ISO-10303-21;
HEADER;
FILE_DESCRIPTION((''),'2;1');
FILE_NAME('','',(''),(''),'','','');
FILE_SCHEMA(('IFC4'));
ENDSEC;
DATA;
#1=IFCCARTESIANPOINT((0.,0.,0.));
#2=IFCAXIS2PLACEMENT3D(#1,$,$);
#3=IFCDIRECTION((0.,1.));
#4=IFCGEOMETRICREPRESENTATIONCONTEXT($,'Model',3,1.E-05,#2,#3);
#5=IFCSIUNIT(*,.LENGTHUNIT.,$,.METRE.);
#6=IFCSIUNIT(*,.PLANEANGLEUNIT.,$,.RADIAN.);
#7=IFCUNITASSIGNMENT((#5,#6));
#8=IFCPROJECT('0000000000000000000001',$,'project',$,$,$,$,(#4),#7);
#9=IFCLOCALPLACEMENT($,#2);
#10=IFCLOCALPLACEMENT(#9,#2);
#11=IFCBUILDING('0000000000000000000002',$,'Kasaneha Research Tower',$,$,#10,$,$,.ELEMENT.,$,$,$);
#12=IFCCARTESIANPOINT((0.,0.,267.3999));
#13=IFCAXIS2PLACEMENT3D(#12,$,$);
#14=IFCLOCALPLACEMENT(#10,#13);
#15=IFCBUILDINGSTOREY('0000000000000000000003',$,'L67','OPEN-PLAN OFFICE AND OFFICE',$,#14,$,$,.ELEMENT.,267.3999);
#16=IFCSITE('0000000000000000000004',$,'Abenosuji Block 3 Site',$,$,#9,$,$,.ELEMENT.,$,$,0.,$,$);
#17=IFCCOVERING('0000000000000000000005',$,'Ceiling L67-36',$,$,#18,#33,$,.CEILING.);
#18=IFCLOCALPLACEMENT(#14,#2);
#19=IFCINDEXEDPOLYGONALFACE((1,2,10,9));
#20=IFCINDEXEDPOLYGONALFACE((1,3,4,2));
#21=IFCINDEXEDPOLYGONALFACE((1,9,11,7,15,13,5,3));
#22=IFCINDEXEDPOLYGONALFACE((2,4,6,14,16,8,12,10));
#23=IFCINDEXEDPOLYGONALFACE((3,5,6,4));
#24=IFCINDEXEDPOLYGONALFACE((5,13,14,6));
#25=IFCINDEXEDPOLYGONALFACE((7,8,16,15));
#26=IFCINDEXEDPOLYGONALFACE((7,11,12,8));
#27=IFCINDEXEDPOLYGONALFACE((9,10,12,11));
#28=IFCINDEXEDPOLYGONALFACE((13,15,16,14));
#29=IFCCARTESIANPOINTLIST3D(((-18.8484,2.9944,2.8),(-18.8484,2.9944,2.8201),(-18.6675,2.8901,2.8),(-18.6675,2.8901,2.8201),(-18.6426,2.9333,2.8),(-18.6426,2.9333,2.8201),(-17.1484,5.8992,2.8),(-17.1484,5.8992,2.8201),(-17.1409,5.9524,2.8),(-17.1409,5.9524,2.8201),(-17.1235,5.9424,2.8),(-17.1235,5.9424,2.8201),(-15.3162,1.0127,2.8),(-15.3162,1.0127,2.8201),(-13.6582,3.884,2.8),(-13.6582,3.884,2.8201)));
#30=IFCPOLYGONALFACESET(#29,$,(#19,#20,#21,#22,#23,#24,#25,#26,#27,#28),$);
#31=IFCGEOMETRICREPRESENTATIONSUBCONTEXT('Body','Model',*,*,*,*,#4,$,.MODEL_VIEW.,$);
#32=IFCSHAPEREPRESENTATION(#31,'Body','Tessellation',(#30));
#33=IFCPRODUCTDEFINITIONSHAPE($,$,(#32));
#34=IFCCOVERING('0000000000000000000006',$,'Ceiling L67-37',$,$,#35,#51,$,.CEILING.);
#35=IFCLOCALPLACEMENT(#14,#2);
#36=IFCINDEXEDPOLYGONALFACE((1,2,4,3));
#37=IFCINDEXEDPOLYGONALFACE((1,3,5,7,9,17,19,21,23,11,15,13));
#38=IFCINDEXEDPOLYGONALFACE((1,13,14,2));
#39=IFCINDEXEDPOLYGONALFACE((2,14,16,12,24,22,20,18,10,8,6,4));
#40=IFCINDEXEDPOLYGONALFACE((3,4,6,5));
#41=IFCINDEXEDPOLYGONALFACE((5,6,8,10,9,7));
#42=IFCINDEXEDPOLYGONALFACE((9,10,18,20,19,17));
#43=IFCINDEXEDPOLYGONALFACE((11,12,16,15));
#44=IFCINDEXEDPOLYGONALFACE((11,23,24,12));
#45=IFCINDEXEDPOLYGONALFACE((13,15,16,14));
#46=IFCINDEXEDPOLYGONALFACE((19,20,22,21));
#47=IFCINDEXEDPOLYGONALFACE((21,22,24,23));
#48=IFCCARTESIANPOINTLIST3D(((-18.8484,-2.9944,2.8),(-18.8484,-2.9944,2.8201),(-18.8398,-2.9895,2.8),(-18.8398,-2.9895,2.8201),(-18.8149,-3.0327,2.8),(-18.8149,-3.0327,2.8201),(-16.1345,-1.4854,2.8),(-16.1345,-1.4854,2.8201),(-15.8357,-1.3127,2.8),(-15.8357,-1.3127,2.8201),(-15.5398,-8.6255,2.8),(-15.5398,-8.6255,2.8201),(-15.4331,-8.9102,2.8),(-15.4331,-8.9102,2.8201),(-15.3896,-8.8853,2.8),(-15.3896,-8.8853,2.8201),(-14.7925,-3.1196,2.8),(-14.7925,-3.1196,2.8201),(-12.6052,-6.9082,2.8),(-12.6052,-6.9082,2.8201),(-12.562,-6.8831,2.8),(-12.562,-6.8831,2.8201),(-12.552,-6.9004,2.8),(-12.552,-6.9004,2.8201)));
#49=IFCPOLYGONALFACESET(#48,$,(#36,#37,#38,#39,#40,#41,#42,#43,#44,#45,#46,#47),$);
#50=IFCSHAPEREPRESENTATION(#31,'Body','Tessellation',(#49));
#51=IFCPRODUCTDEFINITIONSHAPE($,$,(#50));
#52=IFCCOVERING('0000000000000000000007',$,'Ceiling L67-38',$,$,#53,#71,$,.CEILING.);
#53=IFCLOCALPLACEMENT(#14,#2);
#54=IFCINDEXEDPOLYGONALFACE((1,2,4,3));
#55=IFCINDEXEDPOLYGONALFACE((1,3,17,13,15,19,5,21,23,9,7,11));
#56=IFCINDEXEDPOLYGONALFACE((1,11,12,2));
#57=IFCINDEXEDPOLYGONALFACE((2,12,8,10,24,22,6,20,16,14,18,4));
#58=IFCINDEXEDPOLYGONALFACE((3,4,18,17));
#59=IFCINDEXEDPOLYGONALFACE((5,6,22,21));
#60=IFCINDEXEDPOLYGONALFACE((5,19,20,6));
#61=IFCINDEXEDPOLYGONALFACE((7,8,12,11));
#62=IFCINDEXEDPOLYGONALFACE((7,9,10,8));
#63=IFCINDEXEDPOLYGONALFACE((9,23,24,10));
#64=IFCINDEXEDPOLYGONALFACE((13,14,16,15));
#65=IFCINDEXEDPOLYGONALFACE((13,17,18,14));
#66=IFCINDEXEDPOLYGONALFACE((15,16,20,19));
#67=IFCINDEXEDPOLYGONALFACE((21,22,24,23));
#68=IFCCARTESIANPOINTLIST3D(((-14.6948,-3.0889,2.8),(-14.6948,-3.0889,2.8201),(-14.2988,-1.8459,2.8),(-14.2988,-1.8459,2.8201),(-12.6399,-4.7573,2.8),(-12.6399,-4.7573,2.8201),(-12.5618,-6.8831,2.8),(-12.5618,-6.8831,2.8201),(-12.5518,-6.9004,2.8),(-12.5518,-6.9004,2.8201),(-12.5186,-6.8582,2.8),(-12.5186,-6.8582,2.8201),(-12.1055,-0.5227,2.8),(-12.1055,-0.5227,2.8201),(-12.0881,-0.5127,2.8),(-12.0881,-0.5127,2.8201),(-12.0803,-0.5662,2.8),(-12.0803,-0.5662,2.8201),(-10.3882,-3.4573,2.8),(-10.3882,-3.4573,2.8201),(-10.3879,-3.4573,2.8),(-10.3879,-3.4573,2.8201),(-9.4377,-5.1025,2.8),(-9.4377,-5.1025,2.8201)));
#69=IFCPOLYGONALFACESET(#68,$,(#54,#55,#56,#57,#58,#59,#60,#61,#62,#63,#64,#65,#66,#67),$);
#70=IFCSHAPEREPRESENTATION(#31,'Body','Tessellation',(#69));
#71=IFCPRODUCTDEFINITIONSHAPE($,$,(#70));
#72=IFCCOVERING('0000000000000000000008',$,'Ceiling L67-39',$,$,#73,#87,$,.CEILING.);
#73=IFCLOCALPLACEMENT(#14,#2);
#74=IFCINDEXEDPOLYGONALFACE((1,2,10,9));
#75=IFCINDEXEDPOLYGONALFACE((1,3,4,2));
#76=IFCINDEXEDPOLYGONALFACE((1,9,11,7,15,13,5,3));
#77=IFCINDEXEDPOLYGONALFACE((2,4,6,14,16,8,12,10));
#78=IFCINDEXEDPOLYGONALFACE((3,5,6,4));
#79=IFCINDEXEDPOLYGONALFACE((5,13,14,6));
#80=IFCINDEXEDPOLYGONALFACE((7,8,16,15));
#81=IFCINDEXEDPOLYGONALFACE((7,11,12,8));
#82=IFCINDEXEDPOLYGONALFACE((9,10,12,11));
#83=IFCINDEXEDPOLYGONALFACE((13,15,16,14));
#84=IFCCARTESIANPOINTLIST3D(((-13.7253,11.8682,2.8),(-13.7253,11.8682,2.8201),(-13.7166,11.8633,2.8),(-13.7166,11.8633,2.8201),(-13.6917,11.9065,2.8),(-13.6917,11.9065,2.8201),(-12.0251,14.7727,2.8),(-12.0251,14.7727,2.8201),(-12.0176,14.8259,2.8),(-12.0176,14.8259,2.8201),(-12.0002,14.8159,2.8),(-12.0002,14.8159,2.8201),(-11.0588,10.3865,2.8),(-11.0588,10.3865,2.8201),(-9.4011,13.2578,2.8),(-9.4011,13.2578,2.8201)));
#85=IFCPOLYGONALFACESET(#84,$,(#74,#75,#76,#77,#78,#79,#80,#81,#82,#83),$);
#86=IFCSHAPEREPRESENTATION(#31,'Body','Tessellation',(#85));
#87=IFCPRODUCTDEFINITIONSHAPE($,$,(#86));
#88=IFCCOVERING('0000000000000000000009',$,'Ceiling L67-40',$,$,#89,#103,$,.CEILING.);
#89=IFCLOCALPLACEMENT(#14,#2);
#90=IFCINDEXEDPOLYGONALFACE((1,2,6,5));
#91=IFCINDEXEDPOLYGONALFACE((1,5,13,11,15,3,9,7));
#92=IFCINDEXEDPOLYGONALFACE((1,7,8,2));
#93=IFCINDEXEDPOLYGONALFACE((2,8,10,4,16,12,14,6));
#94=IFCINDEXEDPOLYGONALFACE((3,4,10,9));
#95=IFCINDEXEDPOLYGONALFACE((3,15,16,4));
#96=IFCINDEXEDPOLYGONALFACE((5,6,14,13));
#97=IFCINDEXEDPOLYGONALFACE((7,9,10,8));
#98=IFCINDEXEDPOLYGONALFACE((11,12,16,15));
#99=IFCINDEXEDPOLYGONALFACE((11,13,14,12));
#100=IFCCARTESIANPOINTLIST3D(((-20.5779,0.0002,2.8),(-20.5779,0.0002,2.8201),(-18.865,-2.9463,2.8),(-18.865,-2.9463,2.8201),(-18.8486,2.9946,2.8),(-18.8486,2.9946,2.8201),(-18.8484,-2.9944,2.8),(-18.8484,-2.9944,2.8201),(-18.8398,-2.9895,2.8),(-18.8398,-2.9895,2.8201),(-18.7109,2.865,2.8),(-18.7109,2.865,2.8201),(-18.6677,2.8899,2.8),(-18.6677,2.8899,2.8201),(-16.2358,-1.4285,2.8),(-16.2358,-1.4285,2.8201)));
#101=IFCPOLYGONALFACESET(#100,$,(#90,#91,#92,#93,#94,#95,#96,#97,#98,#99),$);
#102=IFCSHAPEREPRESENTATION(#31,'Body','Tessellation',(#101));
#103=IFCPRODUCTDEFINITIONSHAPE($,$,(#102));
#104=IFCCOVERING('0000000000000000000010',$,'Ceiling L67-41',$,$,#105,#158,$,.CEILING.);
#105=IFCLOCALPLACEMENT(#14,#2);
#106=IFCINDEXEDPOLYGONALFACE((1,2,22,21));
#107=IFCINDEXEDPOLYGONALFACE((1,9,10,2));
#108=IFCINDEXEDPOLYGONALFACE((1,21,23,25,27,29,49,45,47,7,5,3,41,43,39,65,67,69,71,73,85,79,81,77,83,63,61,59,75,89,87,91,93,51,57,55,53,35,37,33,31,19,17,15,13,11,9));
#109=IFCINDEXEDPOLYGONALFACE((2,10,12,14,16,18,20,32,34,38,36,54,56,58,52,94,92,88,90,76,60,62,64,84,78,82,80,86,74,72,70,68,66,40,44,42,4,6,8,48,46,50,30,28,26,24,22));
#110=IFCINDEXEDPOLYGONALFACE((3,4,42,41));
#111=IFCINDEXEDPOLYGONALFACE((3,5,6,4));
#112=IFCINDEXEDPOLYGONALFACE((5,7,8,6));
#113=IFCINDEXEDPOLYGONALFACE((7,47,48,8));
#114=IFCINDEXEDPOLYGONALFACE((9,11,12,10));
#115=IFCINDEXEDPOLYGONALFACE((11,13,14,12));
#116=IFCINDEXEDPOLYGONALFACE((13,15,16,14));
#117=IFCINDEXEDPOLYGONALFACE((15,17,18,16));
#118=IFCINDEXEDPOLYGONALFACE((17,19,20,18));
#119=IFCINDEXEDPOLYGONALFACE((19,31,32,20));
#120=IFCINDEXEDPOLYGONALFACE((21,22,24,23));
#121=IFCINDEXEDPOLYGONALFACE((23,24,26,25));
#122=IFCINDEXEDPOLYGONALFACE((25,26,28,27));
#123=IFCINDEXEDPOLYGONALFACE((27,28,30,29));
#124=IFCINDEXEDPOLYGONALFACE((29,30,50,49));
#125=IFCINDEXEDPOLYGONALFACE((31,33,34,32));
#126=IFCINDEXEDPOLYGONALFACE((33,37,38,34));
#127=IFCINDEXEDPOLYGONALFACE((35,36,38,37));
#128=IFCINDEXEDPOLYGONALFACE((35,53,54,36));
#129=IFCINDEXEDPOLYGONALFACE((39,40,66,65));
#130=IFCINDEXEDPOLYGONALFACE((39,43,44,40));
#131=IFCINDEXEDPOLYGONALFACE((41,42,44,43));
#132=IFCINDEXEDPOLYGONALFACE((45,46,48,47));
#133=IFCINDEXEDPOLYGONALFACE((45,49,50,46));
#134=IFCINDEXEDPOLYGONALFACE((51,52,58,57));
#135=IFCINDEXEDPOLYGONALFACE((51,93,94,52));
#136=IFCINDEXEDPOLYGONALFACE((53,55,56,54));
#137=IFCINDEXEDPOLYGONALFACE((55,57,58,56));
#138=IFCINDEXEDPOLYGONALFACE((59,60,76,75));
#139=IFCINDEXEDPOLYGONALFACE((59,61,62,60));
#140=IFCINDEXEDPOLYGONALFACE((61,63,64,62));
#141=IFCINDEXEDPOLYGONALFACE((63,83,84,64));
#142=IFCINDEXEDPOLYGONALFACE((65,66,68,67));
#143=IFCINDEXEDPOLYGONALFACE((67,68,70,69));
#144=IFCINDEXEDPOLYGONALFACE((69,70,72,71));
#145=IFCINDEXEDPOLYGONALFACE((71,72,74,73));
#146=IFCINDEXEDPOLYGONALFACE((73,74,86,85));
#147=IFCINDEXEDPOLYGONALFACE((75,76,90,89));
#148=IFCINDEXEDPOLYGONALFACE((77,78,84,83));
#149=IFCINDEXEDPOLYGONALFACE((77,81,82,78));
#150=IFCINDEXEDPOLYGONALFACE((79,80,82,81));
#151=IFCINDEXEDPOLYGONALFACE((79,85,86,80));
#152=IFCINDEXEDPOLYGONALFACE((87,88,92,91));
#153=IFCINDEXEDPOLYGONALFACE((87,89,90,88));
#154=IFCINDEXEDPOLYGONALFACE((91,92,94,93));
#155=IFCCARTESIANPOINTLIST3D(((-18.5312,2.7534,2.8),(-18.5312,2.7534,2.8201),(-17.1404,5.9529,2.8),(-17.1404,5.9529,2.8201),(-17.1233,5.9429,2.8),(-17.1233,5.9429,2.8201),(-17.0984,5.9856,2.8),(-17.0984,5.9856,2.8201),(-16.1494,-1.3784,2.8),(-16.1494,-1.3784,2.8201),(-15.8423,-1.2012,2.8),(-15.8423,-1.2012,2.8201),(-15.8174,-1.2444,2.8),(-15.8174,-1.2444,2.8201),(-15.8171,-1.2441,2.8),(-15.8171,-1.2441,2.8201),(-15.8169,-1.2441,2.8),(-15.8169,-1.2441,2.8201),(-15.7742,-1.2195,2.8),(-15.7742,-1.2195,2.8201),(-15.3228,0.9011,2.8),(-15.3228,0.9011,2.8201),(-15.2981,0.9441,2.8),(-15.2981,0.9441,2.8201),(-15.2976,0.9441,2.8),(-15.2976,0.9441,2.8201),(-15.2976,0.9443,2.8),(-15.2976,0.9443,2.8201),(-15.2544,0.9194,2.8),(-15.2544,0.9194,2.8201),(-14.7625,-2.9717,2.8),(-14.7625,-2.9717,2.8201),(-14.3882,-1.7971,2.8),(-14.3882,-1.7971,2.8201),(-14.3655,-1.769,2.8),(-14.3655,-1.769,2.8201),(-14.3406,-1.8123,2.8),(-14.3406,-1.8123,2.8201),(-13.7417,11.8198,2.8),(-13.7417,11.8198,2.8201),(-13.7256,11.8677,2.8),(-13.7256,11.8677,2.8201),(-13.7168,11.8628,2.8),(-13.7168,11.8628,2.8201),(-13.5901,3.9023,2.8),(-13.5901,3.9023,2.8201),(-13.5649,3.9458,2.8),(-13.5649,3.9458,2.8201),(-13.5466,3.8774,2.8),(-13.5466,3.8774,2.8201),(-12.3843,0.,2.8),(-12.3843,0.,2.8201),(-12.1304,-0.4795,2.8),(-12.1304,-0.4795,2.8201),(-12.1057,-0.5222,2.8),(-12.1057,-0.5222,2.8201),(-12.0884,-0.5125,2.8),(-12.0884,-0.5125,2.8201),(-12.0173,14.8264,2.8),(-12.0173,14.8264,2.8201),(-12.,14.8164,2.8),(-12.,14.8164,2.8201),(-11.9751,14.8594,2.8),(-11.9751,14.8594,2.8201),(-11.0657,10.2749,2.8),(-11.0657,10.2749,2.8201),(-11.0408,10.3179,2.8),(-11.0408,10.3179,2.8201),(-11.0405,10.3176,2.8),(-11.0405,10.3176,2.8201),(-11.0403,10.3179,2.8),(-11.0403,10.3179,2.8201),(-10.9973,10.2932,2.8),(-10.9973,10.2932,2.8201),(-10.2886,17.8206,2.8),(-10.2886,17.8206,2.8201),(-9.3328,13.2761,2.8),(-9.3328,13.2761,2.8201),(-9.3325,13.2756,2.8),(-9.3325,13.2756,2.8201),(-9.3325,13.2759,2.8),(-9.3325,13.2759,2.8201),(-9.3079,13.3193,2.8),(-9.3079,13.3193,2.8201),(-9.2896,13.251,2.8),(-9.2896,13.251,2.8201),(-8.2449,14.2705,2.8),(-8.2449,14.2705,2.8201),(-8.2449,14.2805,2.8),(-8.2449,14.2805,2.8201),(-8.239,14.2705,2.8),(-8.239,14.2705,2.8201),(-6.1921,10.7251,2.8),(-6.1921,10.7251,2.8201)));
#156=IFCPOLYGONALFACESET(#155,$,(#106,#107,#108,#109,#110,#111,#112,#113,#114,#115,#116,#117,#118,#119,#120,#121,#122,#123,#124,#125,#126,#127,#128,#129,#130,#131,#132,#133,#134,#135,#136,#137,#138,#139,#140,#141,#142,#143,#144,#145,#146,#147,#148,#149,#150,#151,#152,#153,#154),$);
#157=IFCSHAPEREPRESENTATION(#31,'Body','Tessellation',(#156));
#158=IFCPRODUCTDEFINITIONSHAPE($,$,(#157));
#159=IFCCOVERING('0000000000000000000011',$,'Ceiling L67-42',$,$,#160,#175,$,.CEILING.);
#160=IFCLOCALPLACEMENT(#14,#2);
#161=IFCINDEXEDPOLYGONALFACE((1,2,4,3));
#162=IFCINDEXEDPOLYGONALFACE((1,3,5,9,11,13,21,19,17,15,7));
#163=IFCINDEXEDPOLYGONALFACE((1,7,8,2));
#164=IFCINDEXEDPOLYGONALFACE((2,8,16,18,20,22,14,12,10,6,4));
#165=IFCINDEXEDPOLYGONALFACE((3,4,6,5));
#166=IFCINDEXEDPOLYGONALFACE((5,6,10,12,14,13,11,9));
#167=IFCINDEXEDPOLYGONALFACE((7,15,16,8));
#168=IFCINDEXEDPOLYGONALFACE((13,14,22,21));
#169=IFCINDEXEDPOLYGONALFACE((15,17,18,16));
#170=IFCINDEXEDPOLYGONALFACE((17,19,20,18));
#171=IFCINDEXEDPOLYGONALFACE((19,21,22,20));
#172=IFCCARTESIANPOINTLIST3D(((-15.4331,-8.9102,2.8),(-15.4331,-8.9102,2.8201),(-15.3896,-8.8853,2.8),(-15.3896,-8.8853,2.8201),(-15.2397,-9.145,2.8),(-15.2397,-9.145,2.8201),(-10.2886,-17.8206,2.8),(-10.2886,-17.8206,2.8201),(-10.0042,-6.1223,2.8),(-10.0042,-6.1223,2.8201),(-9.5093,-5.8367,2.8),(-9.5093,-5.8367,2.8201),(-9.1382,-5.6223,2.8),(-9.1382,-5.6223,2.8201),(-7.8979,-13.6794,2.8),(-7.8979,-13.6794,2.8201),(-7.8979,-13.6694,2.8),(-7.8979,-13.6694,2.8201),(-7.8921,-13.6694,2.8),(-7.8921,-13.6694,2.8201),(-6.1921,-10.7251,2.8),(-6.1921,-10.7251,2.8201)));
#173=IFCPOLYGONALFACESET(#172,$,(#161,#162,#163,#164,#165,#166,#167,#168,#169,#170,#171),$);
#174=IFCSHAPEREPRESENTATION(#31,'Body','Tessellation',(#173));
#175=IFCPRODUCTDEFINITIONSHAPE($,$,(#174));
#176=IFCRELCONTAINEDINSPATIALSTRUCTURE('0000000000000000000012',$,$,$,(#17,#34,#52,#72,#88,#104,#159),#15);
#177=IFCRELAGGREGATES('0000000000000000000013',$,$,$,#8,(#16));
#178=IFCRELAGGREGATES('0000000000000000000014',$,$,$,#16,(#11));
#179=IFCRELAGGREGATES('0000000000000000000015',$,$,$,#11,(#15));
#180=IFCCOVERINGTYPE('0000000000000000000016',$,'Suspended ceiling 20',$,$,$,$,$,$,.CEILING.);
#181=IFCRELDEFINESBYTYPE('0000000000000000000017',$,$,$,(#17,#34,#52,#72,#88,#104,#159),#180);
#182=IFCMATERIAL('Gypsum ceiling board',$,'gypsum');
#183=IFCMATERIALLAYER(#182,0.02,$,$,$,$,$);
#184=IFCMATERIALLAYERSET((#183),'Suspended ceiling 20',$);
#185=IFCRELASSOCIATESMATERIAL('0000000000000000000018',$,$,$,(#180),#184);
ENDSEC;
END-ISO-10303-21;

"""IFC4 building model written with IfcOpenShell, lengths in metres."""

from ifc_helpers import new_model, si_unit, direction, frame, origin, place, context, subcontext, project, spatial, polyline, outline, extrude, material, layer, layer_set, type_object, element, save


model = new_model("IFC4")

# Units and contexts
model_context = context("Model", 3, precision=1e-05, world=origin(), true_north=direction((0.0, 1.0)))
body_context = subcontext(model_context, "Body", "Model", "MODEL_VIEW")
ifc_project = project(units=[si_unit("LENGTHUNIT", "METRE"), si_unit("PLANEANGLEUNIT", "RADIAN")], contexts=[model_context])

# Site, building, storey
site_placement = place(None, origin())
site = spatial("IfcSite", under=ifc_project, at=site_placement, Name="Abenosuji Block 3 Site", CompositionType="ELEMENT", RefElevation=0.0)
building_placement = place(site_placement, origin())
building = spatial("IfcBuilding", under=site, at=building_placement, Name="Kasaneha Research Tower", CompositionType="ELEMENT")
storey_placement = place(building_placement, frame((0.0, 0.0, 267.3999)))
storey = spatial("IfcBuildingStorey", under=building, at=storey_placement, Name="L67", Description="OPEN-PLAN OFFICE AND OFFICE", CompositionType="ELEMENT", Elevation=267.3999)

# Coverings
ifc_material_1 = material(Name="Gypsum ceiling board", Category="gypsum")
ifc_layer_1 = layer(ifc_material_1, 0.02)
ifc_layer_set_1 = layer_set([ifc_layer_1], Name="Suspended ceiling 20")
covering_type_1 = type_object("IfcCoveringType", Name="Suspended ceiling 20", PredefinedType="CEILING", material=ifc_layer_set_1)
covering_1_placement = place(storey_placement, frame((0.0, 0.0, 2.8)))
element("IfcCovering", 1, at=covering_1_placement, inside=storey, type_object=covering_type_1, Name="Ceiling L67-36", PredefinedType="CEILING", context=body_context, shape_type="SweptSolid", body=[
    extrude(outline(polyline([(-17.1409, 5.9524), (-17.1235, 5.9424), (-17.1484, 5.8992), (-13.6582, 3.884), (-15.3162, 1.0127), (-18.6426, 2.9333), (-18.6675, 2.8901), (-18.8484, 2.9944), (-17.1409, 5.9524)])), origin(), (0.0, 0.0, 1.0), 0.02),
])
covering_2_placement = place(storey_placement, frame((0.0, 0.0, 2.8)))
element("IfcCovering", 2, at=covering_2_placement, inside=storey, type_object=covering_type_1, Name="Ceiling L67-37", PredefinedType="CEILING", context=body_context, shape_type="SweptSolid", body=[
    extrude(outline(polyline([(-15.5398, -8.6255), (-15.5398, -8.6255), (-15.3896, -8.8853), (-15.4331, -8.9102), (-18.8484, -2.9944), (-18.8398, -2.9895), (-18.8149, -3.0327), (-16.1345, -1.4854), (-16.1345, -1.4854), (-15.8357, -1.3127), (-14.7925, -3.1196), (-14.7925, -3.1196), (-12.6052, -6.9082), (-12.562, -6.8831), (-12.552, -6.9004), (-15.5398, -8.6255), (-15.5398, -8.6255)])), origin(), (0.0, 0.0, 1.0), 0.02),
])
covering_3_placement = place(storey_placement, frame((0.0, 0.0, 2.8)))
element("IfcCovering", 3, at=covering_3_placement, inside=storey, type_object=covering_type_1, Name="Ceiling L67-38", PredefinedType="CEILING", context=body_context, shape_type="SweptSolid", body=[
    extrude(outline(polyline([(-12.6399, -4.7573), (-10.3879, -3.4573), (-9.4377, -5.1025), (-12.5518, -6.9004), (-12.5618, -6.8831), (-12.5186, -6.8582), (-14.6948, -3.0889), (-14.2988, -1.8459), (-12.0803, -0.5662), (-12.1055, -0.5227), (-12.0881, -0.5127), (-10.3882, -3.4573), (-12.6399, -4.7573)])), origin(), (0.0, 0.0, 1.0), 0.02),
])
covering_4_placement = place(storey_placement, frame((0.0, 0.0, 2.8)))
element("IfcCovering", 4, at=covering_4_placement, inside=storey, type_object=covering_type_1, Name="Ceiling L67-39", PredefinedType="CEILING", context=body_context, shape_type="SweptSolid", body=[
    extrude(outline(polyline([(-12.0176, 14.8259), (-12.0002, 14.8159), (-12.0251, 14.7727), (-9.4011, 13.2578), (-11.0588, 10.3865), (-13.6917, 11.9065), (-13.7166, 11.8633), (-13.7253, 11.8682), (-12.0176, 14.8259)])), origin(), (0.0, 0.0, 1.0), 0.02),
])
covering_5_placement = place(storey_placement, frame((0.0, 0.0, 2.8)))
element("IfcCovering", 5, at=covering_5_placement, inside=storey, type_object=covering_type_1, Name="Ceiling L67-40", PredefinedType="CEILING", context=body_context, shape_type="SweptSolid", body=[
    extrude(outline(polyline([(-18.8486, 2.9946), (-18.6677, 2.8899), (-18.7109, 2.865), (-16.2358, -1.4285), (-18.865, -2.9463), (-18.8398, -2.9895), (-18.8484, -2.9944), (-20.5779, 0.0002), (-18.8486, 2.9946)])), origin(), (0.0, 0.0, 1.0), 0.02),
])
covering_6_placement = place(storey_placement, frame((0.0, 0.0, 2.8)))
element("IfcCovering", 6, at=covering_6_placement, inside=storey, type_object=covering_type_1, Name="Ceiling L67-41", PredefinedType="CEILING", context=body_context, shape_type="SweptSolid", body=[
    extrude(outline(polyline([(-14.3406, -1.8123), (-14.3882, -1.7971), (-14.7625, -2.9717), (-15.7742, -1.2195), (-15.8169, -1.2441), (-15.8171, -1.2441), (-15.8174, -1.2444), (-15.8423, -1.2012), (-16.1494, -1.3784), (-18.5312, 2.7534), (-15.3228, 0.9011), (-15.2981, 0.9441), (-15.2976, 0.9441), (-15.2976, 0.9443), (-15.2544, 0.9194), (-13.5466, 3.8774), (-13.5901, 3.9023), (-13.5649, 3.9458), (-17.0984, 5.9856), (-17.1233, 5.9429), (-17.1404, 5.9529), (-13.7256, 11.8677), (-13.7168, 11.8628), (-13.7417, 11.8198), (-11.0657, 10.2749), (-11.0408, 10.3179), (-11.0405, 10.3176), (-11.0403, 10.3179), (-10.9973, 10.2932), (-9.2896, 13.251), (-9.3325, 13.2756), (-9.3325, 13.2759), (-9.3328, 13.2761), (-9.3079, 13.3193), (-11.9751, 14.8594), (-12.0, 14.8164), (-12.0173, 14.8264), (-10.2886, 17.8206), (-8.2449, 14.2805), (-8.2449, 14.2705), (-8.239, 14.2705), (-6.1921, 10.7251), (-12.3843, 0.0), (-12.0884, -0.5125), (-12.1057, -0.5222), (-12.1304, -0.4795), (-14.3655, -1.769), (-14.3406, -1.8123), (-14.3406, -1.8123), (-14.3406, -1.8123)])), origin(), (0.0, 0.0, 1.0), 0.02),
])
covering_7_placement = place(storey_placement, frame((0.0, 0.0, 2.8)))
element("IfcCovering", 7, at=covering_7_placement, inside=storey, type_object=covering_type_1, Name="Ceiling L67-42", PredefinedType="CEILING", context=body_context, shape_type="SweptSolid", body=[
    extrude(outline(polyline([(-10.0042, -6.1223), (-10.0042, -6.1223), (-9.5093, -5.8367), (-9.1382, -5.6223), (-6.1921, -10.7251), (-7.8921, -13.6694), (-7.8979, -13.6694), (-7.8979, -13.6794), (-10.2886, -17.8206), (-15.4331, -8.9102), (-15.3896, -8.8853), (-15.2397, -9.145), (-10.0042, -6.1223)])), origin(), (0.0, 0.0, 1.0), 0.02),
])

save(model, "model.ifc")
